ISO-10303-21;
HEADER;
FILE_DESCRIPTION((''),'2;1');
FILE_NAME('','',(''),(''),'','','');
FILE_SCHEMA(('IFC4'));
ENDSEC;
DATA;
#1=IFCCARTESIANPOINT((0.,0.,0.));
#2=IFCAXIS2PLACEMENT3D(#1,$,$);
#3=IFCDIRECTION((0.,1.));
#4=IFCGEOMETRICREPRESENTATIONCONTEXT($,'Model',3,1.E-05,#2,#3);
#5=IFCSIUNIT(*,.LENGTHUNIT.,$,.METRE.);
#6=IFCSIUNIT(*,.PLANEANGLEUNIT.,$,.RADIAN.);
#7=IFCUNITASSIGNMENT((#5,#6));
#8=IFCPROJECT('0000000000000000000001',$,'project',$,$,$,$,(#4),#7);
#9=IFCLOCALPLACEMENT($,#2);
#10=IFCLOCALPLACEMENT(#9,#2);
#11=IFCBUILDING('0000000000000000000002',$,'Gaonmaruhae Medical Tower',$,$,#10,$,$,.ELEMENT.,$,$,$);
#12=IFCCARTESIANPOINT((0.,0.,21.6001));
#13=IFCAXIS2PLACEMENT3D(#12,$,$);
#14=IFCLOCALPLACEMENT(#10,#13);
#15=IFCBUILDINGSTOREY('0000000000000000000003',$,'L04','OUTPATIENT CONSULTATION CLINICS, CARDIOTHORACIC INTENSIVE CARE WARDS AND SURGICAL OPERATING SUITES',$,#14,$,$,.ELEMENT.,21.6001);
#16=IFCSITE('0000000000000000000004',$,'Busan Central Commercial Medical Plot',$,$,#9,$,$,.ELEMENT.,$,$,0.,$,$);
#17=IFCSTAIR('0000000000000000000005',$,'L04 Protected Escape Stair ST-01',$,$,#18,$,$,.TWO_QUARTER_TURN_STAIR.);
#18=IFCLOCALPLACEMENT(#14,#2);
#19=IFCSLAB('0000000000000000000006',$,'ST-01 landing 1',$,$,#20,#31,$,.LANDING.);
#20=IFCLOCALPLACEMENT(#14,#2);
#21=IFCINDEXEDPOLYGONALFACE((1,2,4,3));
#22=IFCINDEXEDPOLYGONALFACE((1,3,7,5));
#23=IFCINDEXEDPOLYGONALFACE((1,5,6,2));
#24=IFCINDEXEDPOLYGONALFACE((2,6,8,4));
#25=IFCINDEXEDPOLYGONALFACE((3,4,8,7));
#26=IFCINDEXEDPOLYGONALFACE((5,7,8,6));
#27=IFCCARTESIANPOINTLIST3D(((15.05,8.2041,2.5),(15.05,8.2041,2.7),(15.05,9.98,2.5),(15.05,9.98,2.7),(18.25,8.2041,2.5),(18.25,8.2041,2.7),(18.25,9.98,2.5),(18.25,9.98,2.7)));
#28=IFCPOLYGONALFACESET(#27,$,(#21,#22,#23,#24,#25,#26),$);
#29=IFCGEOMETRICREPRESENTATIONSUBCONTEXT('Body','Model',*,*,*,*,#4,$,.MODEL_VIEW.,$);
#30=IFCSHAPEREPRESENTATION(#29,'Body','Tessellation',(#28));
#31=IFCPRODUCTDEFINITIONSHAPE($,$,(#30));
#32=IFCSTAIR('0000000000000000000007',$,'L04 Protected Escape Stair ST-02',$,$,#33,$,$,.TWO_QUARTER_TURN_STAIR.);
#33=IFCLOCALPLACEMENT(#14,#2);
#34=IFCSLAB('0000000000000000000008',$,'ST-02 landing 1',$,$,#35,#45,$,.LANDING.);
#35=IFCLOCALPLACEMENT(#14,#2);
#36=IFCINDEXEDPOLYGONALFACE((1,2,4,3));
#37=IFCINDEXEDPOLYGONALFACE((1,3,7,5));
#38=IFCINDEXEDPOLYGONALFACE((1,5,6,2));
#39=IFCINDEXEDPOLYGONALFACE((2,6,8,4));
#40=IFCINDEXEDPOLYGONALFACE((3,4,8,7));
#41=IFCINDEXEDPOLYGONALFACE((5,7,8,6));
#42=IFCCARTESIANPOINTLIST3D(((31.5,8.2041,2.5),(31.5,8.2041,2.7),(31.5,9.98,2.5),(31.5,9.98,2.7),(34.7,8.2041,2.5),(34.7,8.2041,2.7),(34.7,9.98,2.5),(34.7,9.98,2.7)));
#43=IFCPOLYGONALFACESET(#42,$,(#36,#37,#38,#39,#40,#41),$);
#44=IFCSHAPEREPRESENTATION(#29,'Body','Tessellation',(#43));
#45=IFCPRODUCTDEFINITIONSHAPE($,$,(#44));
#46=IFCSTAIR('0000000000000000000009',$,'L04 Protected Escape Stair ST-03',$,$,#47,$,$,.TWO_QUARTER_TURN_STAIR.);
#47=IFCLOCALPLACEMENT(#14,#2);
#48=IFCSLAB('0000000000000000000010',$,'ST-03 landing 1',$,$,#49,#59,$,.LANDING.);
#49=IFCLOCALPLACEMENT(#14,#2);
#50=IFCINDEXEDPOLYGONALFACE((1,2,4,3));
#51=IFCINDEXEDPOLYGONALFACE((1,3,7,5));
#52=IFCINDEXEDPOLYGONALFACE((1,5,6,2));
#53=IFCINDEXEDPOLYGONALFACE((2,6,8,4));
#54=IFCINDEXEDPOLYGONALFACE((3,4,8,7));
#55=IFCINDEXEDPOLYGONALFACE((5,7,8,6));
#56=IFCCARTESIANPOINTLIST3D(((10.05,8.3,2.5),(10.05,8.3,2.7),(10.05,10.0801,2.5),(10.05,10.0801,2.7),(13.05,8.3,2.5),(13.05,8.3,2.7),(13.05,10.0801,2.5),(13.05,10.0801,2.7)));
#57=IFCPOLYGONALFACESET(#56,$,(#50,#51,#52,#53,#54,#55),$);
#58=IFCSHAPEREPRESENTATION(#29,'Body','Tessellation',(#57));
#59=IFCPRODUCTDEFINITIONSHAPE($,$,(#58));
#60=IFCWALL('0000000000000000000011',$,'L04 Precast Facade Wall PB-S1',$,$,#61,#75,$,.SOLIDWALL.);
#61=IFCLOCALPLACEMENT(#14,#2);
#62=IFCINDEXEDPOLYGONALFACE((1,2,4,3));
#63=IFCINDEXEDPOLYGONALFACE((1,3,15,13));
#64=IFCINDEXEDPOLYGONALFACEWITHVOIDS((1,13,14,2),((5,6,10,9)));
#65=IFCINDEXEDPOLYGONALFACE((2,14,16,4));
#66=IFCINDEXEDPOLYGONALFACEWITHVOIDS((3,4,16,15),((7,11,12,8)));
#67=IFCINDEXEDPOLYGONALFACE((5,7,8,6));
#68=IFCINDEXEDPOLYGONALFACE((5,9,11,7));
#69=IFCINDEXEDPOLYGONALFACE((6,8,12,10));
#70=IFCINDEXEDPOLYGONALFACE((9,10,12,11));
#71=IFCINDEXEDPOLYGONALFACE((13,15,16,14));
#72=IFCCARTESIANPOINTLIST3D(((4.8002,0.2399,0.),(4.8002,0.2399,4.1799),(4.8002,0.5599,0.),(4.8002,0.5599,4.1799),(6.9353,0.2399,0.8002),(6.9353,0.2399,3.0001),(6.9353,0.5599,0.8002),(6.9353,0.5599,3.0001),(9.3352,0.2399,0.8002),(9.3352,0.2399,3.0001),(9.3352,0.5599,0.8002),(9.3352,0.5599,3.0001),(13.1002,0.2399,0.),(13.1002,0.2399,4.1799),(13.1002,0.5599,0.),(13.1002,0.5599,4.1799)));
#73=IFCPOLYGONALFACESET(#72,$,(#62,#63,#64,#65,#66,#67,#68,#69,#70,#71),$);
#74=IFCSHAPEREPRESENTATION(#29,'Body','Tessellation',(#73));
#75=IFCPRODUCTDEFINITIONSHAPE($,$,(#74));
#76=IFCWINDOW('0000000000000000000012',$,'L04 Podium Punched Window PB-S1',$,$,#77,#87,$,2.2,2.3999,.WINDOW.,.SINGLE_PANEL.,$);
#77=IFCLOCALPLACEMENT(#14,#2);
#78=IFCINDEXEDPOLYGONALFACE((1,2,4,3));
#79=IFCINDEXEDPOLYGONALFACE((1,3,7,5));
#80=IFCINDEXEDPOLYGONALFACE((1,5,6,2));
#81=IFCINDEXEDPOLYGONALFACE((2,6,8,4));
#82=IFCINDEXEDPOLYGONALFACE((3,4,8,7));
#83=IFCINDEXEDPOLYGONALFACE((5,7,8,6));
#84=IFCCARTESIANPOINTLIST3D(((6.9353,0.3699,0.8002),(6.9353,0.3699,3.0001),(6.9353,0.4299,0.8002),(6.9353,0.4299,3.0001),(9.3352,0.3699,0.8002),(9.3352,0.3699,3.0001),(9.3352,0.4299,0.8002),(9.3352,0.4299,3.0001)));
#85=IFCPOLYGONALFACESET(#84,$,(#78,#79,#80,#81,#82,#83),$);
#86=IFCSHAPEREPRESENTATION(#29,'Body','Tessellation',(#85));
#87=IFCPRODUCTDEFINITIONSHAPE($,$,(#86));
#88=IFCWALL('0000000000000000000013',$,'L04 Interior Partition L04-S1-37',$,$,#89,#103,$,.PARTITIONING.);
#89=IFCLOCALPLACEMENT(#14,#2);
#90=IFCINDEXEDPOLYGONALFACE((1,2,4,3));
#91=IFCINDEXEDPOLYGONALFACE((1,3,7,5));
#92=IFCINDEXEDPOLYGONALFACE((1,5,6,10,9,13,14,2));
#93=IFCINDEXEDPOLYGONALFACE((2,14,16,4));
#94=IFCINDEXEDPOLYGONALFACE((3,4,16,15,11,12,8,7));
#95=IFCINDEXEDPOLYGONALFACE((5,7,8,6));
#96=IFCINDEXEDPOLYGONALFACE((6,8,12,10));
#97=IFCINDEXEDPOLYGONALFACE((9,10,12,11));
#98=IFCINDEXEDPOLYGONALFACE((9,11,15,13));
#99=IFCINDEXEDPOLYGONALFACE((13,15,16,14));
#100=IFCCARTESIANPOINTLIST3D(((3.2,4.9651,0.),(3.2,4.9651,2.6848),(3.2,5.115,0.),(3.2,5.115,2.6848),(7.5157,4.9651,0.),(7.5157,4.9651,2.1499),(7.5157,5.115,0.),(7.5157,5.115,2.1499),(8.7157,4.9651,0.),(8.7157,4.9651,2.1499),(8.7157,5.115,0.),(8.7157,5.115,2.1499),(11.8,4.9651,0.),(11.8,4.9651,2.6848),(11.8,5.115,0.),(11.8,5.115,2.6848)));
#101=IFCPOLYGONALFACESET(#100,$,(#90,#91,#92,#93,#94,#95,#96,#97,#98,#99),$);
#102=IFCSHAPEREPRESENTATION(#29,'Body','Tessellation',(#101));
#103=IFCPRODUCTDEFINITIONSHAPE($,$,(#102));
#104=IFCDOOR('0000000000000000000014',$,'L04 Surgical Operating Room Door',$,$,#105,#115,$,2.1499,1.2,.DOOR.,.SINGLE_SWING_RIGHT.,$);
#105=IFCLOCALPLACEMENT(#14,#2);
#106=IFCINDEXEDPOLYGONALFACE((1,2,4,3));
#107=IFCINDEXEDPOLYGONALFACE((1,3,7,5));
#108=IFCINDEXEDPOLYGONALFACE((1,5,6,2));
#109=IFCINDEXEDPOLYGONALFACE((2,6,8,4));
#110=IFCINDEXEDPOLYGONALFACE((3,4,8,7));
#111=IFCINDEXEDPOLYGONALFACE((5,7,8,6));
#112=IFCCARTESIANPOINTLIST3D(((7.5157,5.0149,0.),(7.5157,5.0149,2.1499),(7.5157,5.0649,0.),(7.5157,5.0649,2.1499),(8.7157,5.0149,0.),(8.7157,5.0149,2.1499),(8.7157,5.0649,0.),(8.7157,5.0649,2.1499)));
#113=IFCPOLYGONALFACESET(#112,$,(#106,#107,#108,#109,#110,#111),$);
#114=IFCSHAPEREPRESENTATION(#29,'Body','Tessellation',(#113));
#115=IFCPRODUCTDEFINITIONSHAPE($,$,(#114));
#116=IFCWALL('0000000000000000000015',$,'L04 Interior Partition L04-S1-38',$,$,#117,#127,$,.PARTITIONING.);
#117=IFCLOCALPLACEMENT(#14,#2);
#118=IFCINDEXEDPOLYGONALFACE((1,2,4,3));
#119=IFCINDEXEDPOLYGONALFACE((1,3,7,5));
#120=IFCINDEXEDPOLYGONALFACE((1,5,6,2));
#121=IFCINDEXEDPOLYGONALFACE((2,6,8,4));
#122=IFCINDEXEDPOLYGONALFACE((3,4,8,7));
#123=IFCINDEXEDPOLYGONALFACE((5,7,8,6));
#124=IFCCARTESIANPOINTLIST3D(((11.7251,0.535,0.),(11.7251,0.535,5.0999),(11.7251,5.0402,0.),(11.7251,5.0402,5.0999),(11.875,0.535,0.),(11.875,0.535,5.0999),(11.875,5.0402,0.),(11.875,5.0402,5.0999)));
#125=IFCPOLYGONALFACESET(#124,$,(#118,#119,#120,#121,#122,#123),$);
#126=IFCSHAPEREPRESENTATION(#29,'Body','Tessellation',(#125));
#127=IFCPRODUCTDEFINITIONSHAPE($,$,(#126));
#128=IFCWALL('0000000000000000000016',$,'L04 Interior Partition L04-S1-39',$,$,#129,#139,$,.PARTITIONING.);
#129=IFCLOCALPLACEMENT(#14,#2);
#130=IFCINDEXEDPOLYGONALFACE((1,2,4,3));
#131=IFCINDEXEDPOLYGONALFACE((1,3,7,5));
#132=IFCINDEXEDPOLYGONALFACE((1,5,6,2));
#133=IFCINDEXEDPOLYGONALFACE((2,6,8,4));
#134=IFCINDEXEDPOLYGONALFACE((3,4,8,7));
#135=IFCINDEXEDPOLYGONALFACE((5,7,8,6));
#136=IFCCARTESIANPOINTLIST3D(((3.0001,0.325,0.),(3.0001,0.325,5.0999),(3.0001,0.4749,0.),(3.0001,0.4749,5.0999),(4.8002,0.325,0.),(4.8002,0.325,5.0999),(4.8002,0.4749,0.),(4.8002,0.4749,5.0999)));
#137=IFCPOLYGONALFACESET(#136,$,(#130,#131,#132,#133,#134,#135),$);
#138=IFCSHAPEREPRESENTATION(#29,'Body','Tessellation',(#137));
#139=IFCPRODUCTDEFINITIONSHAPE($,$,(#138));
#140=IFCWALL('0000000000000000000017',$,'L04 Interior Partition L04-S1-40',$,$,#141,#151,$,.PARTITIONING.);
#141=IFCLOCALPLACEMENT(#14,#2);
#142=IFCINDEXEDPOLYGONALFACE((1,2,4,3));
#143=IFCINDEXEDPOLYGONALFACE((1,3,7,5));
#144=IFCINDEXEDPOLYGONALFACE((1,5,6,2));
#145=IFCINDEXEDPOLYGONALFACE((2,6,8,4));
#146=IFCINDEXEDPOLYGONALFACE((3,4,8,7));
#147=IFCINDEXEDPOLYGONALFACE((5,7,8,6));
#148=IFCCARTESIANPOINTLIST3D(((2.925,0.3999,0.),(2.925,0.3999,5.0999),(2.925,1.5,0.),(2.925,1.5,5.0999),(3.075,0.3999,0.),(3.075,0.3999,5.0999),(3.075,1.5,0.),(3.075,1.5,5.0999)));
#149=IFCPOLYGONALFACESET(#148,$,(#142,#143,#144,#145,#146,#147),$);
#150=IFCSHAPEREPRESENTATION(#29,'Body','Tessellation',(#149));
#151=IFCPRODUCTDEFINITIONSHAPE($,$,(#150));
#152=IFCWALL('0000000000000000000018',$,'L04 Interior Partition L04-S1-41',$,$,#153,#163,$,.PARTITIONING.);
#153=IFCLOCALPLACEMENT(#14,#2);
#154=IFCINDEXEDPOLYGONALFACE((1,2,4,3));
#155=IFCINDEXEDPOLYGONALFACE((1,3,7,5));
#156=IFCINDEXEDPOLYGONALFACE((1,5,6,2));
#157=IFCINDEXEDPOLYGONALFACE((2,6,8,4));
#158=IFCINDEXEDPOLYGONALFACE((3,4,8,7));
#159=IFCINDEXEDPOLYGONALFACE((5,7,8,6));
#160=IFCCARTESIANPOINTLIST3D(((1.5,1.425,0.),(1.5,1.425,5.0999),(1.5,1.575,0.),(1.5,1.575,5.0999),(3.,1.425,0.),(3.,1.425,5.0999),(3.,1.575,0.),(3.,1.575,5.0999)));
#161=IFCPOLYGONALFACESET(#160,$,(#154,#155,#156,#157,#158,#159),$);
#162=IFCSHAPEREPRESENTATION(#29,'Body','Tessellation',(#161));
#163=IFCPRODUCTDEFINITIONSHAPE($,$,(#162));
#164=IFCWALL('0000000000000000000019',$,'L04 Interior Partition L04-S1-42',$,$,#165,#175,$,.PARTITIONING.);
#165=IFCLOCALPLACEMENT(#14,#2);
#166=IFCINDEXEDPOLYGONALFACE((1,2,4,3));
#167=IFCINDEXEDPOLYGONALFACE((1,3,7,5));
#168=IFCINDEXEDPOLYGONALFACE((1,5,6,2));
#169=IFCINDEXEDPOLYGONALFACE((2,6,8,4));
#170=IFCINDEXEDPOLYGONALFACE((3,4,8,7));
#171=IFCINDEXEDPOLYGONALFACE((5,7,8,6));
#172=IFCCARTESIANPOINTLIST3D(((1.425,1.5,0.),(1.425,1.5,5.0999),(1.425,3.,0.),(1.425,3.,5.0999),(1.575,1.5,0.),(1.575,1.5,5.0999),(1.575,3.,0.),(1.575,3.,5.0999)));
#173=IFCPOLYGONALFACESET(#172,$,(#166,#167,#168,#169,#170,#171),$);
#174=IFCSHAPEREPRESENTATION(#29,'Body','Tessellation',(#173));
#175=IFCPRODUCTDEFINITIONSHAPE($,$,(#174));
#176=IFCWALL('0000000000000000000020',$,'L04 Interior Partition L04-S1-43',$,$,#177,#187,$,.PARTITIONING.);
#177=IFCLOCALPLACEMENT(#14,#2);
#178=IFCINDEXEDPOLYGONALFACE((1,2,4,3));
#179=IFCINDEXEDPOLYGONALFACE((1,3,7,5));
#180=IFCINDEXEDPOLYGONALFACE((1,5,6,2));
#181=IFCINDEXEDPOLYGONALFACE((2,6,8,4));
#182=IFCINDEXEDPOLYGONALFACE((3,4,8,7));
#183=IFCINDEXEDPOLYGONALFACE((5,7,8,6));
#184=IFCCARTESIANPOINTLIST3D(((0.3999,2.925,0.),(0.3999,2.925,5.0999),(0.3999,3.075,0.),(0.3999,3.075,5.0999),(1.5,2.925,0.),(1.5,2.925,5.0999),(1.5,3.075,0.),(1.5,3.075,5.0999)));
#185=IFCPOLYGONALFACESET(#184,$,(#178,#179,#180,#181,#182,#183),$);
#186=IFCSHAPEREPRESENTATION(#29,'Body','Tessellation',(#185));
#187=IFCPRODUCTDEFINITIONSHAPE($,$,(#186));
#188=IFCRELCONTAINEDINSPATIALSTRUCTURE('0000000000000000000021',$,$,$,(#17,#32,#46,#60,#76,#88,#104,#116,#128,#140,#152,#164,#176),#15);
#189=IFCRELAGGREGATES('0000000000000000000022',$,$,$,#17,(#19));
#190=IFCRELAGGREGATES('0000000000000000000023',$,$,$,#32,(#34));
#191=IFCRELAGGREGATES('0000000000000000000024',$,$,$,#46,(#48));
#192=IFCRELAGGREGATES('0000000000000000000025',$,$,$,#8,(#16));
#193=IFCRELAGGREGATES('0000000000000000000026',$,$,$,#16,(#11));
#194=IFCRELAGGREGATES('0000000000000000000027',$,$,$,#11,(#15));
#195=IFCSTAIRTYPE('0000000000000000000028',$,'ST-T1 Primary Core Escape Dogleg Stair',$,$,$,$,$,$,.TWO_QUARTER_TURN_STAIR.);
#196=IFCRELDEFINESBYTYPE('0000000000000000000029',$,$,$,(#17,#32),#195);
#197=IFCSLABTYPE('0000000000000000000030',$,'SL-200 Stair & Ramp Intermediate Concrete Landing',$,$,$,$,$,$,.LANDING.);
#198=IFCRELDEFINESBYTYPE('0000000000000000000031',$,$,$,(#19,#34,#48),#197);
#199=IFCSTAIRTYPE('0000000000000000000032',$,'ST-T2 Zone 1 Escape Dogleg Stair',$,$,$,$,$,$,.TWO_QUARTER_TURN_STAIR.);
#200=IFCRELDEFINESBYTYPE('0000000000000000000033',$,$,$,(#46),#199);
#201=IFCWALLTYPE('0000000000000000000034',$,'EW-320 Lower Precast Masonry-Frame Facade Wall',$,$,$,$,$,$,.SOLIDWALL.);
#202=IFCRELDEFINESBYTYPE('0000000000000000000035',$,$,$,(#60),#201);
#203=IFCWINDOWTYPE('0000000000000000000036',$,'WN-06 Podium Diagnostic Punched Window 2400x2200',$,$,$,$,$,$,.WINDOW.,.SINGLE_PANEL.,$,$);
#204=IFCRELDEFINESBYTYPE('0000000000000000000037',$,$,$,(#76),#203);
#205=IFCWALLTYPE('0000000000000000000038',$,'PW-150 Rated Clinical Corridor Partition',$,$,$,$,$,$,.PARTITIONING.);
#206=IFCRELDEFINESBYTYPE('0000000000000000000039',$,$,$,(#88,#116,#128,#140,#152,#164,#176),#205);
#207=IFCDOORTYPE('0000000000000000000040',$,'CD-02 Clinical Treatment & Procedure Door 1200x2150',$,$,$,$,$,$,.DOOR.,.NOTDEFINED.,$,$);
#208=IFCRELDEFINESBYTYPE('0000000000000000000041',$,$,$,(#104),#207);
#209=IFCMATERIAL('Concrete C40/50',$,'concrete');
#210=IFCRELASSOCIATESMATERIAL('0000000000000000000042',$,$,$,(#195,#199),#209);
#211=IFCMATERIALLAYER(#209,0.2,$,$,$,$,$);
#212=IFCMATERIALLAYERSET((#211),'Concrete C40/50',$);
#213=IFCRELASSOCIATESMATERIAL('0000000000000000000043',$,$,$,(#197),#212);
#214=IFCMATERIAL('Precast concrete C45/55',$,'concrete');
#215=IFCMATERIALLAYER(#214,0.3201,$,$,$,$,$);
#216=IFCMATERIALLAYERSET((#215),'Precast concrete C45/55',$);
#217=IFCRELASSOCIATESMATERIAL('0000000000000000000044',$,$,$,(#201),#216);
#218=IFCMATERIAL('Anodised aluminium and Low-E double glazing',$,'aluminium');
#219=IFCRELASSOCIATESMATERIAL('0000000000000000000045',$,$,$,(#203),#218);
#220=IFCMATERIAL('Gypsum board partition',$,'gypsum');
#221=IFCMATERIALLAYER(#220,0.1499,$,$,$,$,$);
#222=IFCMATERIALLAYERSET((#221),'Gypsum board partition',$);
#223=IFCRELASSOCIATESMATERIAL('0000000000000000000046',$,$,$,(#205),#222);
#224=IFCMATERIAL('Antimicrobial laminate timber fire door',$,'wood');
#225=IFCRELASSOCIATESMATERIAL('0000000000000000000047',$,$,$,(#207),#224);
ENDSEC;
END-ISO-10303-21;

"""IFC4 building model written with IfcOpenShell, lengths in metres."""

from ifc_helpers import new_model, si_unit, direction, frame, frame_2d, origin, place, context, subcontext, project, spatial, polyline, rectangle, outline, extrude, material, layer, layer_set, type_object, element, fill, aggregate, save


model = new_model("IFC4")

# Units and contexts
model_context = context("Model", 3, precision=1e-05, world=origin(), true_north=direction((0.0, 1.0)))
body_context = subcontext(model_context, "Body", "Model", "MODEL_VIEW")
ifc_project = project(units=[si_unit("LENGTHUNIT", "METRE"), si_unit("PLANEANGLEUNIT", "RADIAN")], contexts=[model_context])

# Site, building, storey
site_placement = place(None, origin())
site = spatial("IfcSite", under=ifc_project, at=site_placement, Name="Busan Central Commercial Medical Plot", CompositionType="ELEMENT", RefElevation=0.0)
building_placement = place(site_placement, origin())
building = spatial("IfcBuilding", under=site, at=building_placement, Name="Gaonmaruhae Medical Tower", CompositionType="ELEMENT")
storey_placement = place(building_placement, frame((0.0, 0.0, 21.6001)))
storey = spatial("IfcBuildingStorey", under=building, at=storey_placement, Name="L04", Description="OUTPATIENT CONSULTATION CLINICS, CARDIOTHORACIC INTENSIVE CARE WARDS AND SURGICAL OPERATING SUITES", CompositionType="ELEMENT", Elevation=21.6001)

# Shared definitions
ifc_material_1 = material(Name="Concrete C40/50", Category="concrete")

# Stairs, slabs
stair_type_1 = type_object("IfcStairType", Name="ST-T1 Primary Core Escape Dogleg Stair", PredefinedType="TWO_QUARTER_TURN_STAIR", material=ifc_material_1)
stair_1_placement = place(storey_placement, origin())
stair_1 = element("IfcStair", 1, at=stair_1_placement, inside=storey, type_object=stair_type_1, Name="L04 Protected Escape Stair ST-01", PredefinedType="TWO_QUARTER_TURN_STAIR")
ifc_layer_1 = layer(ifc_material_1, 0.2)
ifc_layer_set_1 = layer_set([ifc_layer_1], Name="Concrete C40/50")
slab_type_1 = type_object("IfcSlabType", Name="SL-200 Stair & Ramp Intermediate Concrete Landing", PredefinedType="LANDING", material=ifc_layer_set_1)
slab_1_placement = place(storey_placement, frame((0.0, 0.0, 2.5)))
slab_1 = element("IfcSlab", 2, at=slab_1_placement, type_object=slab_type_1, Name="ST-01 landing 1", PredefinedType="LANDING", context=body_context, shape_type="SweptSolid", body=[
    extrude(outline(polyline([(15.05, 9.98), (15.05, 8.2041), (18.25, 8.2041), (18.25, 9.98), (15.05, 9.98)])), origin(), (0.0, 0.0, 1.0), 0.2),
])
aggregate(stair_1, [slab_1])
stair_2_placement = place(storey_placement, origin())
stair_2 = element("IfcStair", 3, at=stair_2_placement, inside=storey, type_object=stair_type_1, Name="L04 Protected Escape Stair ST-02", PredefinedType="TWO_QUARTER_TURN_STAIR")
slab_2_placement = place(storey_placement, frame((0.0, 0.0, 2.5)))
slab_2 = element("IfcSlab", 4, at=slab_2_placement, type_object=slab_type_1, Name="ST-02 landing 1", PredefinedType="LANDING", context=body_context, shape_type="SweptSolid", body=[
    extrude(outline(polyline([(31.5, 9.98), (31.5, 8.2041), (34.7, 8.2041), (34.7, 9.98), (31.5, 9.98)])), origin(), (0.0, 0.0, 1.0), 0.2),
])
aggregate(stair_2, [slab_2])
stair_type_2 = type_object("IfcStairType", Name="ST-T2 Zone 1 Escape Dogleg Stair", PredefinedType="TWO_QUARTER_TURN_STAIR", material=ifc_material_1)
stair_3_placement = place(storey_placement, origin())
stair_3 = element("IfcStair", 5, at=stair_3_placement, inside=storey, type_object=stair_type_2, Name="L04 Protected Escape Stair ST-03", PredefinedType="TWO_QUARTER_TURN_STAIR")
slab_3_placement = place(storey_placement, frame((0.0, 0.0, 2.5)))
slab_3 = element("IfcSlab", 6, at=slab_3_placement, type_object=slab_type_1, Name="ST-03 landing 1", PredefinedType="LANDING", context=body_context, shape_type="SweptSolid", body=[
    extrude(outline(polyline([(10.05, 10.0801), (10.05, 8.3), (13.05, 8.3), (13.05, 10.0801), (10.05, 10.0801)])), origin(), (0.0, 0.0, 1.0), 0.2),
])
aggregate(stair_3, [slab_3])

# Wall, opening, window
ifc_material_2 = material(Name="Precast concrete C45/55", Category="concrete")
ifc_layer_2 = layer(ifc_material_2, 0.3201)
ifc_layer_set_2 = layer_set([ifc_layer_2], Name="Precast concrete C45/55")
wall_type_1 = type_object("IfcWallType", Name="EW-320 Lower Precast Masonry-Frame Facade Wall", PredefinedType="SOLIDWALL", material=ifc_layer_set_2)
wall_1_placement = place(storey_placement, frame((13.1001, 0.3999, 0.0), z_axis=(0.0, 0.0, 1.0), x_axis=(-1.0, 0.0, 0.0)))
wall_1 = element("IfcWall", 7, at=wall_1_placement, inside=storey, type_object=wall_type_1, Name="L04 Precast Facade Wall PB-S1", PredefinedType="SOLIDWALL", context=body_context, shape_type="SweptSolid", body=[
    extrude(rectangle(XDim=8.3, YDim=0.3201, at=frame_2d((4.1499, 0.0))), origin(), (0.0, 0.0, 1.0), 4.1799),
])
opening_1_placement = place(wall_1_placement, frame((3.7649, 0.0, 0.8)))
opening_1 = element("IfcOpeningElement", 8, at=opening_1_placement, cuts=wall_1, PredefinedType="OPENING", context=body_context, shape_type="SweptSolid", body=[
    extrude(rectangle(XDim=2.3999, YDim=2.2, at=frame_2d((1.2, 1.1001))), frame((0.0, 0.1699, 0.0), z_axis=(0.0, -1.0, 0.0), x_axis=(1.0, 0.0, 0.0)), (0.0, 0.0, 1.0), 0.3401),
])
ifc_material_3 = material(Name="Anodised aluminium and Low-E double glazing", Category="aluminium")
window_type = type_object("IfcWindowType", Name="WN-06 Podium Diagnostic Punched Window 2400x2200", PartitioningType="SINGLE_PANEL", PredefinedType="WINDOW", material=ifc_material_3)
window_placement = place(opening_1_placement, origin())
window = element("IfcWindow", 9, at=window_placement, inside=storey, type_object=window_type, Name="L04 Podium Punched Window PB-S1", OverallHeight=2.2, OverallWidth=2.3999, PartitioningType="SINGLE_PANEL", PredefinedType="WINDOW", context=body_context, shape_type="SweptSolid", body=[
    extrude(rectangle(XDim=2.3999, YDim=2.2, at=frame_2d((1.2, 1.1001))), frame((0.0, 0.03, 0.0), z_axis=(0.0, -1.0, 0.0), x_axis=(1.0, 0.0, 0.0)), (0.0, 0.0, 1.0), 0.0601),
])
fill(opening_1, window)

# Wall, opening, door
ifc_material_4 = material(Name="Gypsum board partition", Category="gypsum")
ifc_layer_3 = layer(ifc_material_4, 0.1499)
ifc_layer_set_3 = layer_set([ifc_layer_3], Name="Gypsum board partition")
wall_type_2 = type_object("IfcWallType", Name="PW-150 Rated Clinical Corridor Partition", PredefinedType="PARTITIONING", material=ifc_layer_set_3)
wall_2_placement = place(storey_placement, frame((3.2, 5.04, 0.0), z_axis=(0.0, 0.0, 1.0), x_axis=(1.0, 0.0, 0.0)))
wall_2 = element("IfcWall", 10, at=wall_2_placement, inside=storey, type_object=wall_type_2, Name="L04 Interior Partition L04-S1-37", PredefinedType="PARTITIONING", context=body_context, shape_type="SweptSolid", body=[
    extrude(rectangle(XDim=8.6001, YDim=0.1499, at=frame_2d((4.3, 0.0))), origin(), (0.0, 0.0, 1.0), 2.6848),
])
opening_2_placement = place(wall_2_placement, frame((4.3157, 0.0, 0.0)))
opening_2 = element("IfcOpeningElement", 11, at=opening_2_placement, cuts=wall_2, PredefinedType="OPENING", context=body_context, shape_type="SweptSolid", body=[
    extrude(rectangle(XDim=1.2, YDim=2.1499, at=frame_2d((0.6001, 1.075))), frame((0.0, 0.085, 0.0), z_axis=(0.0, -1.0, 0.0), x_axis=(1.0, 0.0, 0.0)), (0.0, 0.0, 1.0), 0.1699),
])
ifc_material_5 = material(Name="Antimicrobial laminate timber fire door", Category="wood")
door_type = type_object("IfcDoorType", Name="CD-02 Clinical Treatment & Procedure Door 1200x2150", OperationType="NOTDEFINED", PredefinedType="DOOR", material=ifc_material_5)
door_1_placement = place(opening_2_placement, origin())
door_1 = element("IfcDoor", 12, at=door_1_placement, inside=storey, type_object=door_type, Name="L04 Surgical Operating Room Door", OperationType="SINGLE_SWING_RIGHT", OverallHeight=2.1499, OverallWidth=1.2, PredefinedType="DOOR", context=body_context, shape_type="SweptSolid", body=[
    extrude(rectangle(XDim=1.2, YDim=2.1499, at=frame_2d((0.6001, 1.075))), frame((0.0, 0.0249, 0.0), z_axis=(0.0, -1.0, 0.0), x_axis=(1.0, 0.0, 0.0)), (0.0, 0.0, 1.0), 0.05),
])
fill(opening_2, door_1)

# Walls
wall_3_placement = place(storey_placement, frame((11.8, 5.04, 0.0), z_axis=(0.0, 0.0, 1.0), x_axis=(0.0, -1.0, 0.0)))
element("IfcWall", 13, at=wall_3_placement, inside=storey, type_object=wall_type_2, Name="L04 Interior Partition L04-S1-38", PredefinedType="PARTITIONING", context=body_context, shape_type="SweptSolid", body=[
    extrude(rectangle(XDim=4.5051, YDim=0.1499, at=frame_2d((2.2524, 0.0))), origin(), (0.0, 0.0, 1.0), 5.0999),
])
wall_4_placement = place(storey_placement, frame((4.8, 0.3999, 0.0), z_axis=(0.0, 0.0, 1.0), x_axis=(-1.0, 0.0, 0.0)))
element("IfcWall", 14, at=wall_4_placement, inside=storey, type_object=wall_type_2, Name="L04 Interior Partition L04-S1-39", PredefinedType="PARTITIONING", context=body_context, shape_type="SweptSolid", body=[
    extrude(rectangle(XDim=1.8, YDim=0.1499, at=frame_2d((0.8999, 0.0))), origin(), (0.0, 0.0, 1.0), 5.0999),
])
wall_5_placement = place(storey_placement, frame((3.0, 0.3999, 0.0), z_axis=(0.0, 0.0, 1.0), x_axis=(0.0, 1.0, 0.0)))
element("IfcWall", 15, at=wall_5_placement, inside=storey, type_object=wall_type_2, Name="L04 Interior Partition L04-S1-40", PredefinedType="PARTITIONING", context=body_context, shape_type="SweptSolid", body=[
    extrude(rectangle(XDim=1.1001, YDim=0.1499, at=frame_2d((0.55, 0.0))), origin(), (0.0, 0.0, 1.0), 5.0999),
])
for number, where, z_axis, x_axis, name in (
    (16, (3.0, 1.5, 0.0), (0.0, 0.0, 1.0), (-1.0, 0.0, 0.0), "L04 Interior Partition L04-S1-41"),
    (17, (1.5, 1.5, 0.0), (0.0, 0.0, 1.0), (0.0, 1.0, 0.0), "L04 Interior Partition L04-S1-42"),
):
    element("IfcWall", number, at=place(storey_placement, frame(where, z_axis=z_axis, x_axis=x_axis)), inside=storey, type_object=wall_type_2, Name=name, PredefinedType="PARTITIONING", context=body_context, shape_type="SweptSolid", body=[
        extrude(rectangle(XDim=1.5, YDim=0.1499, at=frame_2d((0.75, 0.0))), origin(), (0.0, 0.0, 1.0), 5.0999),
    ])
wall_6_placement = place(storey_placement, frame((1.5, 3.0, 0.0), z_axis=(0.0, 0.0, 1.0), x_axis=(-1.0, 0.0, 0.0)))
element("IfcWall", 18, at=wall_6_placement, inside=storey, type_object=wall_type_2, Name="L04 Interior Partition L04-S1-43", PredefinedType="PARTITIONING", context=body_context, shape_type="SweptSolid", body=[
    extrude(rectangle(XDim=1.1001, YDim=0.1499, at=frame_2d((0.55, 0.0))), origin(), (0.0, 0.0, 1.0), 5.0999),
])

save(model, "model.ifc")
